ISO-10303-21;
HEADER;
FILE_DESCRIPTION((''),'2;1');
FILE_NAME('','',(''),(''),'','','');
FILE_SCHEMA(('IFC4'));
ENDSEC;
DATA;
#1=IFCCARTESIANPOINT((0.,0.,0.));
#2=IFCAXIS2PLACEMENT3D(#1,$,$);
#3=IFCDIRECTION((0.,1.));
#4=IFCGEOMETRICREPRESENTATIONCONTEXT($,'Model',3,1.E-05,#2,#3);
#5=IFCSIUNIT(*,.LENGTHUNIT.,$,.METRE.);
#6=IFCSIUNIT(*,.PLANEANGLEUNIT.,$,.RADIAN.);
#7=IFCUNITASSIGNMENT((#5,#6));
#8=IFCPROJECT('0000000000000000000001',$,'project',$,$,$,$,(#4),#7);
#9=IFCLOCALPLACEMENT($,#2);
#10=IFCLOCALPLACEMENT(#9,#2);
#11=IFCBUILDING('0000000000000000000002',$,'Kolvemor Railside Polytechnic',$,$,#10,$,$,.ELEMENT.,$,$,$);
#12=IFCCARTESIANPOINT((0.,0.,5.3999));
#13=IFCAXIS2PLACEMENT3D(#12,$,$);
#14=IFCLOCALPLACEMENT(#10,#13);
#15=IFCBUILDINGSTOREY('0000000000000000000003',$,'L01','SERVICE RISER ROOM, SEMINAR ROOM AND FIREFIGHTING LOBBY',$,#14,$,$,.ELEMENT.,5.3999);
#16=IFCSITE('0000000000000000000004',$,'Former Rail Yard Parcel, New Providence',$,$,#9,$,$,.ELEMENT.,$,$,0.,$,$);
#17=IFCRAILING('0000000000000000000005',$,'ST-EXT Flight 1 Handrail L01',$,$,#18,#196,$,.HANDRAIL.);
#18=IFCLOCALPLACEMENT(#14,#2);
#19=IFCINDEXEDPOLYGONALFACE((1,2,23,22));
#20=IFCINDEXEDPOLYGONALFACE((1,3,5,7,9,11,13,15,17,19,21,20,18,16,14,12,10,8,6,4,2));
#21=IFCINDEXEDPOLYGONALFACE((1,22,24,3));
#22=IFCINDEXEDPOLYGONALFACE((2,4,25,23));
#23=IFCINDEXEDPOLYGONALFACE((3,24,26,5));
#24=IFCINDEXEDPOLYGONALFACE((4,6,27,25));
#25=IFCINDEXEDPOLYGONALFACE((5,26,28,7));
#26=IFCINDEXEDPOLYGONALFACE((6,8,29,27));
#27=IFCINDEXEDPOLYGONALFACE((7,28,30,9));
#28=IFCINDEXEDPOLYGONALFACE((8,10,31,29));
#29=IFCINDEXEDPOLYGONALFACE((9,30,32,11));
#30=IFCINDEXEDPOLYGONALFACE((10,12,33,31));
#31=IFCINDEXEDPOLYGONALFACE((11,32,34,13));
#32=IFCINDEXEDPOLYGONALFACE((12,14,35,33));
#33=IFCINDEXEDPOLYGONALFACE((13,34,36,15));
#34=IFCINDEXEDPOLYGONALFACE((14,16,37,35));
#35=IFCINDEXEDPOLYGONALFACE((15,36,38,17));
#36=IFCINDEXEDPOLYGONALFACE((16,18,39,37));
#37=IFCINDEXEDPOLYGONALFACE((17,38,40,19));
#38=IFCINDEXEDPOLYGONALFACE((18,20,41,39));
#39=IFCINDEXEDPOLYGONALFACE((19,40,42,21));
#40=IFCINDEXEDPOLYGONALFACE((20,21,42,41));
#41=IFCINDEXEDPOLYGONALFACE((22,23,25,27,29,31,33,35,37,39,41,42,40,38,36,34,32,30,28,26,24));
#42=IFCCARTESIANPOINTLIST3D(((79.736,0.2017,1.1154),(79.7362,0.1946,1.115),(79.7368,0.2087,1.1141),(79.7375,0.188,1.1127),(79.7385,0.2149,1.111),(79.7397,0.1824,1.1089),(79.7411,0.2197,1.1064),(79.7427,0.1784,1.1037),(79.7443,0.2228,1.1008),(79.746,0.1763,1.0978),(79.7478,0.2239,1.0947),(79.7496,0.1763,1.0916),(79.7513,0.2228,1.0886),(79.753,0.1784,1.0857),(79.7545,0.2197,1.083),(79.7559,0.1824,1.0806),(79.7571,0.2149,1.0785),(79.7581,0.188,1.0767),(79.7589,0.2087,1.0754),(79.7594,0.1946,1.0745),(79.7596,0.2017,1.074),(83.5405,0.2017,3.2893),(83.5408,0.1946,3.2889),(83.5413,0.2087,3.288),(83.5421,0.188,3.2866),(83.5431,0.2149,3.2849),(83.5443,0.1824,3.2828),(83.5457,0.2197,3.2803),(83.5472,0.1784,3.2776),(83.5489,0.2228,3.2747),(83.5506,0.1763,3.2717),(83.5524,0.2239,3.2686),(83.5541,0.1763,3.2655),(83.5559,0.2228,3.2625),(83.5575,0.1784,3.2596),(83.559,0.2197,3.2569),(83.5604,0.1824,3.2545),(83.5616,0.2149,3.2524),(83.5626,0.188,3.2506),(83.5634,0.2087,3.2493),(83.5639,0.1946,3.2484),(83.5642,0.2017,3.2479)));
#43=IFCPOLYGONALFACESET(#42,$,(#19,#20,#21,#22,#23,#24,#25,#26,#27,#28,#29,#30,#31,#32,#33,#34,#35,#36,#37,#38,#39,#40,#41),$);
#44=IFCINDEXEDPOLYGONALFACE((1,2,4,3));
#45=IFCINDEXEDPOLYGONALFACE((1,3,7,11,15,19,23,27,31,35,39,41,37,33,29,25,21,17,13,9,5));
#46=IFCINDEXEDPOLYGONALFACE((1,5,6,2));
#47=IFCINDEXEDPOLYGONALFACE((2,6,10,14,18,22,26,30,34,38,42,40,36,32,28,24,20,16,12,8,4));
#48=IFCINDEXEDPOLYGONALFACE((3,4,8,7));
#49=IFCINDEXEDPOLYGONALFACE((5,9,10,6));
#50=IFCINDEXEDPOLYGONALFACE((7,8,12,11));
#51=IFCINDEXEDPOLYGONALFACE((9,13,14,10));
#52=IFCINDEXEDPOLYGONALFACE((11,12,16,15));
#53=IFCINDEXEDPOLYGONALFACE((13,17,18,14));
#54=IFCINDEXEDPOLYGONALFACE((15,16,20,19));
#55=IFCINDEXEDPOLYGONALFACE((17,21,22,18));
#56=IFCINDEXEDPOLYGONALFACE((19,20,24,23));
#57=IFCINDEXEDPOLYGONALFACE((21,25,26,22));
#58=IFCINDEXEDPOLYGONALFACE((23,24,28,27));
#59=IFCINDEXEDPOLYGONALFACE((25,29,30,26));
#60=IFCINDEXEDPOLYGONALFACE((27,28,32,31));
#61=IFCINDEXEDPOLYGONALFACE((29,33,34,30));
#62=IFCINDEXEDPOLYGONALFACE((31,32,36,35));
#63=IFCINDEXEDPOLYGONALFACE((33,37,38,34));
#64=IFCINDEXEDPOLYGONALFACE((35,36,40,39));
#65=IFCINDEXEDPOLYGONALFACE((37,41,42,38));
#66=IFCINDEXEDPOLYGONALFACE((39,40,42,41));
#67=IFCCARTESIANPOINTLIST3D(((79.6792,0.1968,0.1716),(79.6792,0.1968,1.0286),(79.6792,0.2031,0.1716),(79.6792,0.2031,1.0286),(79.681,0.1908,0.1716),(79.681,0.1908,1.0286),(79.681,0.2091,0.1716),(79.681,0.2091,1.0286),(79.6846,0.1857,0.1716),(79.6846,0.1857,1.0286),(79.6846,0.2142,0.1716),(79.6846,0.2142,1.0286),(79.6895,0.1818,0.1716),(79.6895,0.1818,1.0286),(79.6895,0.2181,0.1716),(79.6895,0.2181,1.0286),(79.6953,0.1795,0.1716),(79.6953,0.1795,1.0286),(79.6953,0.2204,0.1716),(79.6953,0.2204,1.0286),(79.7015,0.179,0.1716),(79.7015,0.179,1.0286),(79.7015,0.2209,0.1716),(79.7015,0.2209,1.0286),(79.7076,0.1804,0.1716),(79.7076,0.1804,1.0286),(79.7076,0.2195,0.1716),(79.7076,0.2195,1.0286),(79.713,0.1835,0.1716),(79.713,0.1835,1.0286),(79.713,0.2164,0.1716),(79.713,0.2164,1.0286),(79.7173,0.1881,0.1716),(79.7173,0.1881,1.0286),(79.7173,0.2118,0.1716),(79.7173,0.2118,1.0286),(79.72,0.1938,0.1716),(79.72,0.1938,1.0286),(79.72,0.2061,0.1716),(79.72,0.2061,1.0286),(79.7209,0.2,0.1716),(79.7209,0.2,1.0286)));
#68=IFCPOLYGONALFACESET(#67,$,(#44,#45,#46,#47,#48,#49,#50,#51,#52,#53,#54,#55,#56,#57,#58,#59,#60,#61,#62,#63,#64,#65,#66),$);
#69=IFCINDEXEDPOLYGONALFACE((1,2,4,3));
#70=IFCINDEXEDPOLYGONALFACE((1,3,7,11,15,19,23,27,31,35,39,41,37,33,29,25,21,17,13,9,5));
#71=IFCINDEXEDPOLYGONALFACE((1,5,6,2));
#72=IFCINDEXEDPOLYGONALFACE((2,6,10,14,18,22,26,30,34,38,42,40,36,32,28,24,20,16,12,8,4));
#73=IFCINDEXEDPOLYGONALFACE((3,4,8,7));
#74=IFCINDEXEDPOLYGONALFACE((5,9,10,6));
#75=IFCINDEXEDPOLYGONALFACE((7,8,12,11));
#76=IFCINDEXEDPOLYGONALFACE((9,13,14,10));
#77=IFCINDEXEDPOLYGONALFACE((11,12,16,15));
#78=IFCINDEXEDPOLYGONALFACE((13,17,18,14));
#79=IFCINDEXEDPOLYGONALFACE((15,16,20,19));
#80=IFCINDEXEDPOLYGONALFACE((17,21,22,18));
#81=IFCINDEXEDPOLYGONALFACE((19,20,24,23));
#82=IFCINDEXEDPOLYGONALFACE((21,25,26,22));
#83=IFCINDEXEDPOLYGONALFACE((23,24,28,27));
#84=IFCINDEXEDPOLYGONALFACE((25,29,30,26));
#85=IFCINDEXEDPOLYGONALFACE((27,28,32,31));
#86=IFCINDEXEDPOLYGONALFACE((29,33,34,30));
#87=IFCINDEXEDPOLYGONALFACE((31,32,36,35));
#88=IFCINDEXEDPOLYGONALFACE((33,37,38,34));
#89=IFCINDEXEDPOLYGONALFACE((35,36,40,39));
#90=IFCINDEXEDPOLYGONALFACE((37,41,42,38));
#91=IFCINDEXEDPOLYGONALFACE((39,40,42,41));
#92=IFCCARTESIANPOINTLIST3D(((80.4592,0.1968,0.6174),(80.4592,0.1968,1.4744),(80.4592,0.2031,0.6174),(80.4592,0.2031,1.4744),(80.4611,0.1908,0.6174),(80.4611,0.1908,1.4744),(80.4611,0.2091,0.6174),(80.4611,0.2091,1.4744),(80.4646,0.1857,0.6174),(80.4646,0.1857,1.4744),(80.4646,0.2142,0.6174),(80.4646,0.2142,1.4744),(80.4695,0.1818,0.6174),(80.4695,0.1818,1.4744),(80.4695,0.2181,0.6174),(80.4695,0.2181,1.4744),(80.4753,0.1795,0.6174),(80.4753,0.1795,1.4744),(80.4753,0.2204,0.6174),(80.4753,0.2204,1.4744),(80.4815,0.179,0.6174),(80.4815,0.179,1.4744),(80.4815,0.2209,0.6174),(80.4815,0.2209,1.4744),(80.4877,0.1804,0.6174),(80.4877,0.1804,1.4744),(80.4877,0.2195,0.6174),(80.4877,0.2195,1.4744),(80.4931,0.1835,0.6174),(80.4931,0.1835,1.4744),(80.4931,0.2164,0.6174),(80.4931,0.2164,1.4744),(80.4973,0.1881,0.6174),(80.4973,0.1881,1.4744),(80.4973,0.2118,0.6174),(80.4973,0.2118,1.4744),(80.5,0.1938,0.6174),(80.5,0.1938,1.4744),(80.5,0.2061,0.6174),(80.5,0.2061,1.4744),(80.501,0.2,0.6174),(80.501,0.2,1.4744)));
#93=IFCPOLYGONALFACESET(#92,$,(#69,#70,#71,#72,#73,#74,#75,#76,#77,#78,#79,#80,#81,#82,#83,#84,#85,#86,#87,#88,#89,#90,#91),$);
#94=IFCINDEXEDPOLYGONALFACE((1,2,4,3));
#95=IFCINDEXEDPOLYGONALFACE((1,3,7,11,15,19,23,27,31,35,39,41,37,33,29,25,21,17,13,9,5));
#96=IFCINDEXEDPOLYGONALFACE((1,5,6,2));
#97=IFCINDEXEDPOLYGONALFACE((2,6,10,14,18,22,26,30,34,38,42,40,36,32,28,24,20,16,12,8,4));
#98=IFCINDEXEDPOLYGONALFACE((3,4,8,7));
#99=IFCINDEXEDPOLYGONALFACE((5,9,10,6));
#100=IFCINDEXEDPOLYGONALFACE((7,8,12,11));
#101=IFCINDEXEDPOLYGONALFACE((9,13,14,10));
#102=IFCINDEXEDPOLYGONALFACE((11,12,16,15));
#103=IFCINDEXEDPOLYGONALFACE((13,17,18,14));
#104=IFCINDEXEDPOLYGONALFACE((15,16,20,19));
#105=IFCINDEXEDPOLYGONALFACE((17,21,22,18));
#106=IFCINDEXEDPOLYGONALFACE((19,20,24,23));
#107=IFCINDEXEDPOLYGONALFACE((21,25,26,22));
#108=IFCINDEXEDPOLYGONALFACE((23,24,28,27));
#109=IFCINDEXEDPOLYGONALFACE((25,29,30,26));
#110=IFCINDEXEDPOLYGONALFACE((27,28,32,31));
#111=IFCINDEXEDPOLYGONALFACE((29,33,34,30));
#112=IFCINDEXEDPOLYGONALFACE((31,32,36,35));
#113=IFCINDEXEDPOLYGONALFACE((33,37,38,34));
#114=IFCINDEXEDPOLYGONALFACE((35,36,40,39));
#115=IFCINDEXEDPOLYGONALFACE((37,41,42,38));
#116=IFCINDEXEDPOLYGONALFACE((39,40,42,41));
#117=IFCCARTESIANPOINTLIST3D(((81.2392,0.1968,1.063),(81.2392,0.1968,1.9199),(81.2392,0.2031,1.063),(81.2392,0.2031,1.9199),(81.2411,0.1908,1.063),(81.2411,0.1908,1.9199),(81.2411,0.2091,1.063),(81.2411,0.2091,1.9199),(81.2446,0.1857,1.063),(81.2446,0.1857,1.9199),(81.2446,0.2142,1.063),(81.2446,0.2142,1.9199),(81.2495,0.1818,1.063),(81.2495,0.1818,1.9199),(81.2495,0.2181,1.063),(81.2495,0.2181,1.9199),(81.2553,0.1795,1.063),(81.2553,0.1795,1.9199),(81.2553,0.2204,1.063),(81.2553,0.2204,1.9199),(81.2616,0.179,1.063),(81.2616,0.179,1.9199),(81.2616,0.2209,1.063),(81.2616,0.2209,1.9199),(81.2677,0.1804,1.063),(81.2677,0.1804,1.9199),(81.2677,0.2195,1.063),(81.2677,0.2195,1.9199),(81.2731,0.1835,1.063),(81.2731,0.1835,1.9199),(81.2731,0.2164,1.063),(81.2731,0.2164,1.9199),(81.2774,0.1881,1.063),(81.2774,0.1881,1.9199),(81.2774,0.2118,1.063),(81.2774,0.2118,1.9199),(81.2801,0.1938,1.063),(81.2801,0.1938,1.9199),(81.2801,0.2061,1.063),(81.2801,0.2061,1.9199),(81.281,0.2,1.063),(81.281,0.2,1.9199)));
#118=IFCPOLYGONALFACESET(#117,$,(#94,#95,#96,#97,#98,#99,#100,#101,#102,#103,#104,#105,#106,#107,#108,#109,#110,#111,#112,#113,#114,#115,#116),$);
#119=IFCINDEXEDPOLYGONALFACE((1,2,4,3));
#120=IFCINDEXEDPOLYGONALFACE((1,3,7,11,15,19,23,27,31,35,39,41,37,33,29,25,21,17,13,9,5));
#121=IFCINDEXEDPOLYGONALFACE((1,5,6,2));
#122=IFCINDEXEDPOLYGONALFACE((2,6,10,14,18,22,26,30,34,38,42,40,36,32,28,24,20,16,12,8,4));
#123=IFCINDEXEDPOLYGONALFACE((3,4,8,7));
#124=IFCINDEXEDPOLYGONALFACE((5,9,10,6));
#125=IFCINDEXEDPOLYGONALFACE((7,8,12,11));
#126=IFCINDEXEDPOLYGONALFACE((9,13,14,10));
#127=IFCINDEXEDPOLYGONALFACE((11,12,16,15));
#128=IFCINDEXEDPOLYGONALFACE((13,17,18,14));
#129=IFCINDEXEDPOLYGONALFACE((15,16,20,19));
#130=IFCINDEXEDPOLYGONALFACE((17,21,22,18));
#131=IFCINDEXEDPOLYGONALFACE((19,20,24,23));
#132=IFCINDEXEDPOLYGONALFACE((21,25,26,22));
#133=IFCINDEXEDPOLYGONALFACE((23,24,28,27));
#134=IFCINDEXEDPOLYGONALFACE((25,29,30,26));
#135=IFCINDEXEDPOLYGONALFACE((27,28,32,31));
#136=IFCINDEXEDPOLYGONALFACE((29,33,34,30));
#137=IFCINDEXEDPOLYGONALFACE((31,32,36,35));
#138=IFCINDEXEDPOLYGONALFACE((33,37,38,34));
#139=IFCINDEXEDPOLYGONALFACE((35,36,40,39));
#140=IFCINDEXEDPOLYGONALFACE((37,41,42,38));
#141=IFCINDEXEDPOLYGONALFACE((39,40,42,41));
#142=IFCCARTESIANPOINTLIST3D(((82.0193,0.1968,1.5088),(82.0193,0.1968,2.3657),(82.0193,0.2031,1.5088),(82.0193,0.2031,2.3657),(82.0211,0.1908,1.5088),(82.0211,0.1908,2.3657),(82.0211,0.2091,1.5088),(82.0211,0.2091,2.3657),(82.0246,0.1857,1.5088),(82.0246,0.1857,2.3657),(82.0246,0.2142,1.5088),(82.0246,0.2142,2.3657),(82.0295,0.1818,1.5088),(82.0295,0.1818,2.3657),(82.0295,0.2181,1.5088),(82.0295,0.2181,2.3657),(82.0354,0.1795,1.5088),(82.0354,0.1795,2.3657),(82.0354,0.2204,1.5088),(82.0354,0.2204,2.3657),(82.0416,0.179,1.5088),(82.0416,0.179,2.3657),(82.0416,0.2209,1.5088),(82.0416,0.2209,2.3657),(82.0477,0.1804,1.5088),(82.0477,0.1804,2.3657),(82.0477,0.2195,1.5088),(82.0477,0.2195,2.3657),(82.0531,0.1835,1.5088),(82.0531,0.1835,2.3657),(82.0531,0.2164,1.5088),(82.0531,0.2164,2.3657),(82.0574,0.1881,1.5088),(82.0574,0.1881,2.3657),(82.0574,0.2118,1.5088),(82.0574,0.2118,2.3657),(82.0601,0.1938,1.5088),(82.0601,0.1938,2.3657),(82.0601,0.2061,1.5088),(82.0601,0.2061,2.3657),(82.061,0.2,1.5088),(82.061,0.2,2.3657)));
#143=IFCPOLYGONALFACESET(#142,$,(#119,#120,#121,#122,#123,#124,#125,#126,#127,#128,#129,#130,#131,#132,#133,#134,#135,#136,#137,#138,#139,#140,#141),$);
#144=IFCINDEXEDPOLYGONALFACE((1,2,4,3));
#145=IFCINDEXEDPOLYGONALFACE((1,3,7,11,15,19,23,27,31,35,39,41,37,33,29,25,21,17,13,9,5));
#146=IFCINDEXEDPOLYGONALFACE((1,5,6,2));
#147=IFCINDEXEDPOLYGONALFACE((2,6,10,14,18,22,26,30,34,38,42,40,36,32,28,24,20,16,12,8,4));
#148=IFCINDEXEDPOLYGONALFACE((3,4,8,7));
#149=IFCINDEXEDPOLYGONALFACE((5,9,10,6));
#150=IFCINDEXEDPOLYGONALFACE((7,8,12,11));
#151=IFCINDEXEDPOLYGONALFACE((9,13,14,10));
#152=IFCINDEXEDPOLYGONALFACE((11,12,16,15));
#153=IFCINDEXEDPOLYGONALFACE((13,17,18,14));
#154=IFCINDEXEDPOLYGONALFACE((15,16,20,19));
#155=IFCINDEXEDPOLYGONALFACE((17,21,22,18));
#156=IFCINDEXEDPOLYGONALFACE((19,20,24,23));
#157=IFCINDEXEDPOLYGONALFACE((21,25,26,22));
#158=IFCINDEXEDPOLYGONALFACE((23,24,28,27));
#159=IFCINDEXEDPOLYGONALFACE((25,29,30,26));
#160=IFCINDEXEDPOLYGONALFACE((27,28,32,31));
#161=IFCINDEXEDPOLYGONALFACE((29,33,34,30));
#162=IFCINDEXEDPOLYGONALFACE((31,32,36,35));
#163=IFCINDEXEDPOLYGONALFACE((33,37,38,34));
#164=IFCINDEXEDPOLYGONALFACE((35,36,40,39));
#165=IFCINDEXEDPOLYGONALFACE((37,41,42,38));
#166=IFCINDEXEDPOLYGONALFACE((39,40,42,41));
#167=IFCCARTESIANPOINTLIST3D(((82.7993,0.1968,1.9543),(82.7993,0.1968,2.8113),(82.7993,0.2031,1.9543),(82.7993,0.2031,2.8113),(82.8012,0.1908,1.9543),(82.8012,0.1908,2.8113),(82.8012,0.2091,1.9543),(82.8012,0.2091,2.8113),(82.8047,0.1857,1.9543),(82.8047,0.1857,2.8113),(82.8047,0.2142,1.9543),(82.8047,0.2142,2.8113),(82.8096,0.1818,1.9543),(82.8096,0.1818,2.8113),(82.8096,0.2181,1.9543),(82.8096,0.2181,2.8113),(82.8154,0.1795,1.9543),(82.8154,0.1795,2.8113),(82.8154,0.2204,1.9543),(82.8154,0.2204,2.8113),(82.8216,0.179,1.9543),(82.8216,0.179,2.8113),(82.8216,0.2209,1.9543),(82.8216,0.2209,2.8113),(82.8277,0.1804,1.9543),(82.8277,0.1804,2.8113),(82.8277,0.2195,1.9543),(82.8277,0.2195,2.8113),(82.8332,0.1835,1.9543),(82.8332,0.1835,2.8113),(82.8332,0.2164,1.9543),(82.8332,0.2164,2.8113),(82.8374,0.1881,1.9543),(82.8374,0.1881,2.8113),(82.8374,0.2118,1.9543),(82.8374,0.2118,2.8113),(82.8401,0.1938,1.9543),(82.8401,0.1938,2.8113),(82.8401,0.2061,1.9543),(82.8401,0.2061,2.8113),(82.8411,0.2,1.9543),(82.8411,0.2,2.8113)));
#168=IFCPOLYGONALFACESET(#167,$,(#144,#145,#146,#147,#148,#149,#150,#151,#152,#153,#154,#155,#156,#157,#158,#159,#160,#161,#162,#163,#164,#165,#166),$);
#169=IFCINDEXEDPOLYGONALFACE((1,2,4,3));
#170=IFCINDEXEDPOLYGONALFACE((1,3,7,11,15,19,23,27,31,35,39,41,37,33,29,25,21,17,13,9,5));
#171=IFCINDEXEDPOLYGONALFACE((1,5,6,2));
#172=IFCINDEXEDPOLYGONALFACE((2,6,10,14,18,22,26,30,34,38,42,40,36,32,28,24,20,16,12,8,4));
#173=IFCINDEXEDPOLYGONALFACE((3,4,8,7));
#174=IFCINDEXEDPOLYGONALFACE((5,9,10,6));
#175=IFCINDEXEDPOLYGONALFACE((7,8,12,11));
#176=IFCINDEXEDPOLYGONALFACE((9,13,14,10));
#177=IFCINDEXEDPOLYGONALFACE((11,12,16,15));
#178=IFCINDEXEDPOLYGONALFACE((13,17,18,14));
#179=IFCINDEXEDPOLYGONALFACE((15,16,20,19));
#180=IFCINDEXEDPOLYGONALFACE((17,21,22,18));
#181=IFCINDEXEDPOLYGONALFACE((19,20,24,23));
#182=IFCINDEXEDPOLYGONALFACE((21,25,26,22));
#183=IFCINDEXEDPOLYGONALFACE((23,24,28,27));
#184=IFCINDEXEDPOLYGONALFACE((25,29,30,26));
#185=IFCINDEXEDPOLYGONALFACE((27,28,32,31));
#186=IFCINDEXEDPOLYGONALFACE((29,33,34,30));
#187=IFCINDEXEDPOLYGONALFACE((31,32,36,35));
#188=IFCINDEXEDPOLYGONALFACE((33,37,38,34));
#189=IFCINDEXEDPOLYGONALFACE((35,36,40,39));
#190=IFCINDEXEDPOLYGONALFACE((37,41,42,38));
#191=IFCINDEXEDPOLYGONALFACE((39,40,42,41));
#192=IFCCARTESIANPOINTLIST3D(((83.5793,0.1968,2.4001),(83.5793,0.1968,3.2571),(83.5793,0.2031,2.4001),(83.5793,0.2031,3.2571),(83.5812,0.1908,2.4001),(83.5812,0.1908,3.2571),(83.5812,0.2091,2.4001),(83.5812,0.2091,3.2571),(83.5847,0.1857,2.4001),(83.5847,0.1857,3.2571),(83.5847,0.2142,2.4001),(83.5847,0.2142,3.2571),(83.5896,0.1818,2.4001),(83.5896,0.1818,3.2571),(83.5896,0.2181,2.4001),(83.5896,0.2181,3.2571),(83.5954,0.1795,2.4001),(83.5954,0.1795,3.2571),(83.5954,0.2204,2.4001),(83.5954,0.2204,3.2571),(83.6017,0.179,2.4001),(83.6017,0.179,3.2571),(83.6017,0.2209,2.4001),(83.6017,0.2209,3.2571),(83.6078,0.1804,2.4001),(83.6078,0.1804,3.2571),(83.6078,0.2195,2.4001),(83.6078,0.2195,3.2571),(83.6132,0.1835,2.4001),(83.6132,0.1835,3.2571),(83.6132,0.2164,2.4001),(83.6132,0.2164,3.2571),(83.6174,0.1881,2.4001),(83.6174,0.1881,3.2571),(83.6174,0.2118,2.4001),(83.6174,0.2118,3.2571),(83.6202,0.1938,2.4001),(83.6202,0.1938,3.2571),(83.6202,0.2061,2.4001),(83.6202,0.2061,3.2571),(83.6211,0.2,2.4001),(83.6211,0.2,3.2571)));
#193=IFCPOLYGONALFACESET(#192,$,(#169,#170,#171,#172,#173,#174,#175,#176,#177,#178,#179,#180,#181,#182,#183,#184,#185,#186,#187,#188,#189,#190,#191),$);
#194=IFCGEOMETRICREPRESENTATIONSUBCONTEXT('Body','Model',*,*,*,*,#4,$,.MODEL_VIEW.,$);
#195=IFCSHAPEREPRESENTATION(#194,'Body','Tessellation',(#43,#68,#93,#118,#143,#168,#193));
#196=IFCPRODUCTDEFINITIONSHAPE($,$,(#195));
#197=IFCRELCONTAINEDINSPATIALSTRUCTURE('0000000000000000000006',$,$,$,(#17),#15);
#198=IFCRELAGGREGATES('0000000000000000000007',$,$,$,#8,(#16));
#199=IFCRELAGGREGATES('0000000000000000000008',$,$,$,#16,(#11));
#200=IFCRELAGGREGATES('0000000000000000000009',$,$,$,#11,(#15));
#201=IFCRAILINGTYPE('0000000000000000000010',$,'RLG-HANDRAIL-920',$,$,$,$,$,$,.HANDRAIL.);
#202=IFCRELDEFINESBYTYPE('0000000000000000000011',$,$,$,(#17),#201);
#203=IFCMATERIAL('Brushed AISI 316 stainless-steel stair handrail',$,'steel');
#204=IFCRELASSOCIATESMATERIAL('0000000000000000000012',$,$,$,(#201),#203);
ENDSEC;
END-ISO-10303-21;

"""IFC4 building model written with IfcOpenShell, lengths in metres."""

from ifc_helpers import new_model, si_unit, direction, frame, origin, origin_2d, place, context, subcontext, project, spatial, circle, extrude, material, type_object, element, save


model = new_model("IFC4")

# Units and contexts
model_context = context("Model", 3, precision=1e-05, world=origin(), true_north=direction((0.0, 1.0)))
body_context = subcontext(model_context, "Body", "Model", "MODEL_VIEW")
ifc_project = project(units=[si_unit("LENGTHUNIT", "METRE"), si_unit("PLANEANGLEUNIT", "RADIAN")], contexts=[model_context])

# Site, building, storey
site_placement = place(None, origin())
site = spatial("IfcSite", under=ifc_project, at=site_placement, Name="Former Rail Yard Parcel, New Providence", CompositionType="ELEMENT", RefElevation=0.0)
building_placement = place(site_placement, origin())
building = spatial("IfcBuilding", under=site, at=building_placement, Name="Kolvemor Railside Polytechnic", CompositionType="ELEMENT")
storey_placement = place(building_placement, frame((0.0, 0.0, 5.3999)))
storey = spatial("IfcBuildingStorey", under=building, at=storey_placement, Name="L01", Description="SERVICE RISER ROOM, SEMINAR ROOM AND FIREFIGHTING LOBBY", CompositionType="ELEMENT", Elevation=5.3999)

# Railing
ifc_material_1 = material(Name="Brushed AISI 316 stainless-steel stair handrail", Category="steel")
railing_type_1 = type_object("IfcRailingType", Name="RLG-HANDRAIL-920", PredefinedType="HANDRAIL", material=ifc_material_1)
railing_1_placement = place(storey_placement, frame((79.7, 0.2, 0.1716)))
element("IfcRailing", 1, at=railing_1_placement, inside=storey, type_object=railing_type_1, Name="ST-EXT Flight 1 Handrail L01", PredefinedType="HANDRAIL", context=body_context, shape_type="SweptSolid", body=[
    extrude(circle(Radius=0.0239, at=origin_2d()), frame((0.0479, 0.0, 0.9231), z_axis=(0.868257, 0.0, 0.496116), x_axis=(0.0, 1.0, 0.0)), (0.0, 0.0, 1.0), 4.3818),
    extrude(circle(Radius=0.021, at=origin_2d()), origin(), (0.0, 0.0, 1.0), 0.8569),
    extrude(circle(Radius=0.021, at=origin_2d()), frame((0.78, 0.0, 0.4458)), (0.0, 0.0, 1.0), 0.8569),
    extrude(circle(Radius=0.021, at=origin_2d()), frame((1.5601, 0.0, 0.8914)), (0.0, 0.0, 1.0), 0.8569),
    extrude(circle(Radius=0.021, at=origin_2d()), frame((2.3401, 0.0, 1.3372)), (0.0, 0.0, 1.0), 0.8569),
    extrude(circle(Radius=0.021, at=origin_2d()), frame((3.1201, 0.0, 1.7827)), (0.0, 0.0, 1.0), 0.8569),
    extrude(circle(Radius=0.021, at=origin_2d()), frame((3.9001, 0.0, 2.2285)), (0.0, 0.0, 1.0), 0.8569),
])

save(model, "model.ifc")
